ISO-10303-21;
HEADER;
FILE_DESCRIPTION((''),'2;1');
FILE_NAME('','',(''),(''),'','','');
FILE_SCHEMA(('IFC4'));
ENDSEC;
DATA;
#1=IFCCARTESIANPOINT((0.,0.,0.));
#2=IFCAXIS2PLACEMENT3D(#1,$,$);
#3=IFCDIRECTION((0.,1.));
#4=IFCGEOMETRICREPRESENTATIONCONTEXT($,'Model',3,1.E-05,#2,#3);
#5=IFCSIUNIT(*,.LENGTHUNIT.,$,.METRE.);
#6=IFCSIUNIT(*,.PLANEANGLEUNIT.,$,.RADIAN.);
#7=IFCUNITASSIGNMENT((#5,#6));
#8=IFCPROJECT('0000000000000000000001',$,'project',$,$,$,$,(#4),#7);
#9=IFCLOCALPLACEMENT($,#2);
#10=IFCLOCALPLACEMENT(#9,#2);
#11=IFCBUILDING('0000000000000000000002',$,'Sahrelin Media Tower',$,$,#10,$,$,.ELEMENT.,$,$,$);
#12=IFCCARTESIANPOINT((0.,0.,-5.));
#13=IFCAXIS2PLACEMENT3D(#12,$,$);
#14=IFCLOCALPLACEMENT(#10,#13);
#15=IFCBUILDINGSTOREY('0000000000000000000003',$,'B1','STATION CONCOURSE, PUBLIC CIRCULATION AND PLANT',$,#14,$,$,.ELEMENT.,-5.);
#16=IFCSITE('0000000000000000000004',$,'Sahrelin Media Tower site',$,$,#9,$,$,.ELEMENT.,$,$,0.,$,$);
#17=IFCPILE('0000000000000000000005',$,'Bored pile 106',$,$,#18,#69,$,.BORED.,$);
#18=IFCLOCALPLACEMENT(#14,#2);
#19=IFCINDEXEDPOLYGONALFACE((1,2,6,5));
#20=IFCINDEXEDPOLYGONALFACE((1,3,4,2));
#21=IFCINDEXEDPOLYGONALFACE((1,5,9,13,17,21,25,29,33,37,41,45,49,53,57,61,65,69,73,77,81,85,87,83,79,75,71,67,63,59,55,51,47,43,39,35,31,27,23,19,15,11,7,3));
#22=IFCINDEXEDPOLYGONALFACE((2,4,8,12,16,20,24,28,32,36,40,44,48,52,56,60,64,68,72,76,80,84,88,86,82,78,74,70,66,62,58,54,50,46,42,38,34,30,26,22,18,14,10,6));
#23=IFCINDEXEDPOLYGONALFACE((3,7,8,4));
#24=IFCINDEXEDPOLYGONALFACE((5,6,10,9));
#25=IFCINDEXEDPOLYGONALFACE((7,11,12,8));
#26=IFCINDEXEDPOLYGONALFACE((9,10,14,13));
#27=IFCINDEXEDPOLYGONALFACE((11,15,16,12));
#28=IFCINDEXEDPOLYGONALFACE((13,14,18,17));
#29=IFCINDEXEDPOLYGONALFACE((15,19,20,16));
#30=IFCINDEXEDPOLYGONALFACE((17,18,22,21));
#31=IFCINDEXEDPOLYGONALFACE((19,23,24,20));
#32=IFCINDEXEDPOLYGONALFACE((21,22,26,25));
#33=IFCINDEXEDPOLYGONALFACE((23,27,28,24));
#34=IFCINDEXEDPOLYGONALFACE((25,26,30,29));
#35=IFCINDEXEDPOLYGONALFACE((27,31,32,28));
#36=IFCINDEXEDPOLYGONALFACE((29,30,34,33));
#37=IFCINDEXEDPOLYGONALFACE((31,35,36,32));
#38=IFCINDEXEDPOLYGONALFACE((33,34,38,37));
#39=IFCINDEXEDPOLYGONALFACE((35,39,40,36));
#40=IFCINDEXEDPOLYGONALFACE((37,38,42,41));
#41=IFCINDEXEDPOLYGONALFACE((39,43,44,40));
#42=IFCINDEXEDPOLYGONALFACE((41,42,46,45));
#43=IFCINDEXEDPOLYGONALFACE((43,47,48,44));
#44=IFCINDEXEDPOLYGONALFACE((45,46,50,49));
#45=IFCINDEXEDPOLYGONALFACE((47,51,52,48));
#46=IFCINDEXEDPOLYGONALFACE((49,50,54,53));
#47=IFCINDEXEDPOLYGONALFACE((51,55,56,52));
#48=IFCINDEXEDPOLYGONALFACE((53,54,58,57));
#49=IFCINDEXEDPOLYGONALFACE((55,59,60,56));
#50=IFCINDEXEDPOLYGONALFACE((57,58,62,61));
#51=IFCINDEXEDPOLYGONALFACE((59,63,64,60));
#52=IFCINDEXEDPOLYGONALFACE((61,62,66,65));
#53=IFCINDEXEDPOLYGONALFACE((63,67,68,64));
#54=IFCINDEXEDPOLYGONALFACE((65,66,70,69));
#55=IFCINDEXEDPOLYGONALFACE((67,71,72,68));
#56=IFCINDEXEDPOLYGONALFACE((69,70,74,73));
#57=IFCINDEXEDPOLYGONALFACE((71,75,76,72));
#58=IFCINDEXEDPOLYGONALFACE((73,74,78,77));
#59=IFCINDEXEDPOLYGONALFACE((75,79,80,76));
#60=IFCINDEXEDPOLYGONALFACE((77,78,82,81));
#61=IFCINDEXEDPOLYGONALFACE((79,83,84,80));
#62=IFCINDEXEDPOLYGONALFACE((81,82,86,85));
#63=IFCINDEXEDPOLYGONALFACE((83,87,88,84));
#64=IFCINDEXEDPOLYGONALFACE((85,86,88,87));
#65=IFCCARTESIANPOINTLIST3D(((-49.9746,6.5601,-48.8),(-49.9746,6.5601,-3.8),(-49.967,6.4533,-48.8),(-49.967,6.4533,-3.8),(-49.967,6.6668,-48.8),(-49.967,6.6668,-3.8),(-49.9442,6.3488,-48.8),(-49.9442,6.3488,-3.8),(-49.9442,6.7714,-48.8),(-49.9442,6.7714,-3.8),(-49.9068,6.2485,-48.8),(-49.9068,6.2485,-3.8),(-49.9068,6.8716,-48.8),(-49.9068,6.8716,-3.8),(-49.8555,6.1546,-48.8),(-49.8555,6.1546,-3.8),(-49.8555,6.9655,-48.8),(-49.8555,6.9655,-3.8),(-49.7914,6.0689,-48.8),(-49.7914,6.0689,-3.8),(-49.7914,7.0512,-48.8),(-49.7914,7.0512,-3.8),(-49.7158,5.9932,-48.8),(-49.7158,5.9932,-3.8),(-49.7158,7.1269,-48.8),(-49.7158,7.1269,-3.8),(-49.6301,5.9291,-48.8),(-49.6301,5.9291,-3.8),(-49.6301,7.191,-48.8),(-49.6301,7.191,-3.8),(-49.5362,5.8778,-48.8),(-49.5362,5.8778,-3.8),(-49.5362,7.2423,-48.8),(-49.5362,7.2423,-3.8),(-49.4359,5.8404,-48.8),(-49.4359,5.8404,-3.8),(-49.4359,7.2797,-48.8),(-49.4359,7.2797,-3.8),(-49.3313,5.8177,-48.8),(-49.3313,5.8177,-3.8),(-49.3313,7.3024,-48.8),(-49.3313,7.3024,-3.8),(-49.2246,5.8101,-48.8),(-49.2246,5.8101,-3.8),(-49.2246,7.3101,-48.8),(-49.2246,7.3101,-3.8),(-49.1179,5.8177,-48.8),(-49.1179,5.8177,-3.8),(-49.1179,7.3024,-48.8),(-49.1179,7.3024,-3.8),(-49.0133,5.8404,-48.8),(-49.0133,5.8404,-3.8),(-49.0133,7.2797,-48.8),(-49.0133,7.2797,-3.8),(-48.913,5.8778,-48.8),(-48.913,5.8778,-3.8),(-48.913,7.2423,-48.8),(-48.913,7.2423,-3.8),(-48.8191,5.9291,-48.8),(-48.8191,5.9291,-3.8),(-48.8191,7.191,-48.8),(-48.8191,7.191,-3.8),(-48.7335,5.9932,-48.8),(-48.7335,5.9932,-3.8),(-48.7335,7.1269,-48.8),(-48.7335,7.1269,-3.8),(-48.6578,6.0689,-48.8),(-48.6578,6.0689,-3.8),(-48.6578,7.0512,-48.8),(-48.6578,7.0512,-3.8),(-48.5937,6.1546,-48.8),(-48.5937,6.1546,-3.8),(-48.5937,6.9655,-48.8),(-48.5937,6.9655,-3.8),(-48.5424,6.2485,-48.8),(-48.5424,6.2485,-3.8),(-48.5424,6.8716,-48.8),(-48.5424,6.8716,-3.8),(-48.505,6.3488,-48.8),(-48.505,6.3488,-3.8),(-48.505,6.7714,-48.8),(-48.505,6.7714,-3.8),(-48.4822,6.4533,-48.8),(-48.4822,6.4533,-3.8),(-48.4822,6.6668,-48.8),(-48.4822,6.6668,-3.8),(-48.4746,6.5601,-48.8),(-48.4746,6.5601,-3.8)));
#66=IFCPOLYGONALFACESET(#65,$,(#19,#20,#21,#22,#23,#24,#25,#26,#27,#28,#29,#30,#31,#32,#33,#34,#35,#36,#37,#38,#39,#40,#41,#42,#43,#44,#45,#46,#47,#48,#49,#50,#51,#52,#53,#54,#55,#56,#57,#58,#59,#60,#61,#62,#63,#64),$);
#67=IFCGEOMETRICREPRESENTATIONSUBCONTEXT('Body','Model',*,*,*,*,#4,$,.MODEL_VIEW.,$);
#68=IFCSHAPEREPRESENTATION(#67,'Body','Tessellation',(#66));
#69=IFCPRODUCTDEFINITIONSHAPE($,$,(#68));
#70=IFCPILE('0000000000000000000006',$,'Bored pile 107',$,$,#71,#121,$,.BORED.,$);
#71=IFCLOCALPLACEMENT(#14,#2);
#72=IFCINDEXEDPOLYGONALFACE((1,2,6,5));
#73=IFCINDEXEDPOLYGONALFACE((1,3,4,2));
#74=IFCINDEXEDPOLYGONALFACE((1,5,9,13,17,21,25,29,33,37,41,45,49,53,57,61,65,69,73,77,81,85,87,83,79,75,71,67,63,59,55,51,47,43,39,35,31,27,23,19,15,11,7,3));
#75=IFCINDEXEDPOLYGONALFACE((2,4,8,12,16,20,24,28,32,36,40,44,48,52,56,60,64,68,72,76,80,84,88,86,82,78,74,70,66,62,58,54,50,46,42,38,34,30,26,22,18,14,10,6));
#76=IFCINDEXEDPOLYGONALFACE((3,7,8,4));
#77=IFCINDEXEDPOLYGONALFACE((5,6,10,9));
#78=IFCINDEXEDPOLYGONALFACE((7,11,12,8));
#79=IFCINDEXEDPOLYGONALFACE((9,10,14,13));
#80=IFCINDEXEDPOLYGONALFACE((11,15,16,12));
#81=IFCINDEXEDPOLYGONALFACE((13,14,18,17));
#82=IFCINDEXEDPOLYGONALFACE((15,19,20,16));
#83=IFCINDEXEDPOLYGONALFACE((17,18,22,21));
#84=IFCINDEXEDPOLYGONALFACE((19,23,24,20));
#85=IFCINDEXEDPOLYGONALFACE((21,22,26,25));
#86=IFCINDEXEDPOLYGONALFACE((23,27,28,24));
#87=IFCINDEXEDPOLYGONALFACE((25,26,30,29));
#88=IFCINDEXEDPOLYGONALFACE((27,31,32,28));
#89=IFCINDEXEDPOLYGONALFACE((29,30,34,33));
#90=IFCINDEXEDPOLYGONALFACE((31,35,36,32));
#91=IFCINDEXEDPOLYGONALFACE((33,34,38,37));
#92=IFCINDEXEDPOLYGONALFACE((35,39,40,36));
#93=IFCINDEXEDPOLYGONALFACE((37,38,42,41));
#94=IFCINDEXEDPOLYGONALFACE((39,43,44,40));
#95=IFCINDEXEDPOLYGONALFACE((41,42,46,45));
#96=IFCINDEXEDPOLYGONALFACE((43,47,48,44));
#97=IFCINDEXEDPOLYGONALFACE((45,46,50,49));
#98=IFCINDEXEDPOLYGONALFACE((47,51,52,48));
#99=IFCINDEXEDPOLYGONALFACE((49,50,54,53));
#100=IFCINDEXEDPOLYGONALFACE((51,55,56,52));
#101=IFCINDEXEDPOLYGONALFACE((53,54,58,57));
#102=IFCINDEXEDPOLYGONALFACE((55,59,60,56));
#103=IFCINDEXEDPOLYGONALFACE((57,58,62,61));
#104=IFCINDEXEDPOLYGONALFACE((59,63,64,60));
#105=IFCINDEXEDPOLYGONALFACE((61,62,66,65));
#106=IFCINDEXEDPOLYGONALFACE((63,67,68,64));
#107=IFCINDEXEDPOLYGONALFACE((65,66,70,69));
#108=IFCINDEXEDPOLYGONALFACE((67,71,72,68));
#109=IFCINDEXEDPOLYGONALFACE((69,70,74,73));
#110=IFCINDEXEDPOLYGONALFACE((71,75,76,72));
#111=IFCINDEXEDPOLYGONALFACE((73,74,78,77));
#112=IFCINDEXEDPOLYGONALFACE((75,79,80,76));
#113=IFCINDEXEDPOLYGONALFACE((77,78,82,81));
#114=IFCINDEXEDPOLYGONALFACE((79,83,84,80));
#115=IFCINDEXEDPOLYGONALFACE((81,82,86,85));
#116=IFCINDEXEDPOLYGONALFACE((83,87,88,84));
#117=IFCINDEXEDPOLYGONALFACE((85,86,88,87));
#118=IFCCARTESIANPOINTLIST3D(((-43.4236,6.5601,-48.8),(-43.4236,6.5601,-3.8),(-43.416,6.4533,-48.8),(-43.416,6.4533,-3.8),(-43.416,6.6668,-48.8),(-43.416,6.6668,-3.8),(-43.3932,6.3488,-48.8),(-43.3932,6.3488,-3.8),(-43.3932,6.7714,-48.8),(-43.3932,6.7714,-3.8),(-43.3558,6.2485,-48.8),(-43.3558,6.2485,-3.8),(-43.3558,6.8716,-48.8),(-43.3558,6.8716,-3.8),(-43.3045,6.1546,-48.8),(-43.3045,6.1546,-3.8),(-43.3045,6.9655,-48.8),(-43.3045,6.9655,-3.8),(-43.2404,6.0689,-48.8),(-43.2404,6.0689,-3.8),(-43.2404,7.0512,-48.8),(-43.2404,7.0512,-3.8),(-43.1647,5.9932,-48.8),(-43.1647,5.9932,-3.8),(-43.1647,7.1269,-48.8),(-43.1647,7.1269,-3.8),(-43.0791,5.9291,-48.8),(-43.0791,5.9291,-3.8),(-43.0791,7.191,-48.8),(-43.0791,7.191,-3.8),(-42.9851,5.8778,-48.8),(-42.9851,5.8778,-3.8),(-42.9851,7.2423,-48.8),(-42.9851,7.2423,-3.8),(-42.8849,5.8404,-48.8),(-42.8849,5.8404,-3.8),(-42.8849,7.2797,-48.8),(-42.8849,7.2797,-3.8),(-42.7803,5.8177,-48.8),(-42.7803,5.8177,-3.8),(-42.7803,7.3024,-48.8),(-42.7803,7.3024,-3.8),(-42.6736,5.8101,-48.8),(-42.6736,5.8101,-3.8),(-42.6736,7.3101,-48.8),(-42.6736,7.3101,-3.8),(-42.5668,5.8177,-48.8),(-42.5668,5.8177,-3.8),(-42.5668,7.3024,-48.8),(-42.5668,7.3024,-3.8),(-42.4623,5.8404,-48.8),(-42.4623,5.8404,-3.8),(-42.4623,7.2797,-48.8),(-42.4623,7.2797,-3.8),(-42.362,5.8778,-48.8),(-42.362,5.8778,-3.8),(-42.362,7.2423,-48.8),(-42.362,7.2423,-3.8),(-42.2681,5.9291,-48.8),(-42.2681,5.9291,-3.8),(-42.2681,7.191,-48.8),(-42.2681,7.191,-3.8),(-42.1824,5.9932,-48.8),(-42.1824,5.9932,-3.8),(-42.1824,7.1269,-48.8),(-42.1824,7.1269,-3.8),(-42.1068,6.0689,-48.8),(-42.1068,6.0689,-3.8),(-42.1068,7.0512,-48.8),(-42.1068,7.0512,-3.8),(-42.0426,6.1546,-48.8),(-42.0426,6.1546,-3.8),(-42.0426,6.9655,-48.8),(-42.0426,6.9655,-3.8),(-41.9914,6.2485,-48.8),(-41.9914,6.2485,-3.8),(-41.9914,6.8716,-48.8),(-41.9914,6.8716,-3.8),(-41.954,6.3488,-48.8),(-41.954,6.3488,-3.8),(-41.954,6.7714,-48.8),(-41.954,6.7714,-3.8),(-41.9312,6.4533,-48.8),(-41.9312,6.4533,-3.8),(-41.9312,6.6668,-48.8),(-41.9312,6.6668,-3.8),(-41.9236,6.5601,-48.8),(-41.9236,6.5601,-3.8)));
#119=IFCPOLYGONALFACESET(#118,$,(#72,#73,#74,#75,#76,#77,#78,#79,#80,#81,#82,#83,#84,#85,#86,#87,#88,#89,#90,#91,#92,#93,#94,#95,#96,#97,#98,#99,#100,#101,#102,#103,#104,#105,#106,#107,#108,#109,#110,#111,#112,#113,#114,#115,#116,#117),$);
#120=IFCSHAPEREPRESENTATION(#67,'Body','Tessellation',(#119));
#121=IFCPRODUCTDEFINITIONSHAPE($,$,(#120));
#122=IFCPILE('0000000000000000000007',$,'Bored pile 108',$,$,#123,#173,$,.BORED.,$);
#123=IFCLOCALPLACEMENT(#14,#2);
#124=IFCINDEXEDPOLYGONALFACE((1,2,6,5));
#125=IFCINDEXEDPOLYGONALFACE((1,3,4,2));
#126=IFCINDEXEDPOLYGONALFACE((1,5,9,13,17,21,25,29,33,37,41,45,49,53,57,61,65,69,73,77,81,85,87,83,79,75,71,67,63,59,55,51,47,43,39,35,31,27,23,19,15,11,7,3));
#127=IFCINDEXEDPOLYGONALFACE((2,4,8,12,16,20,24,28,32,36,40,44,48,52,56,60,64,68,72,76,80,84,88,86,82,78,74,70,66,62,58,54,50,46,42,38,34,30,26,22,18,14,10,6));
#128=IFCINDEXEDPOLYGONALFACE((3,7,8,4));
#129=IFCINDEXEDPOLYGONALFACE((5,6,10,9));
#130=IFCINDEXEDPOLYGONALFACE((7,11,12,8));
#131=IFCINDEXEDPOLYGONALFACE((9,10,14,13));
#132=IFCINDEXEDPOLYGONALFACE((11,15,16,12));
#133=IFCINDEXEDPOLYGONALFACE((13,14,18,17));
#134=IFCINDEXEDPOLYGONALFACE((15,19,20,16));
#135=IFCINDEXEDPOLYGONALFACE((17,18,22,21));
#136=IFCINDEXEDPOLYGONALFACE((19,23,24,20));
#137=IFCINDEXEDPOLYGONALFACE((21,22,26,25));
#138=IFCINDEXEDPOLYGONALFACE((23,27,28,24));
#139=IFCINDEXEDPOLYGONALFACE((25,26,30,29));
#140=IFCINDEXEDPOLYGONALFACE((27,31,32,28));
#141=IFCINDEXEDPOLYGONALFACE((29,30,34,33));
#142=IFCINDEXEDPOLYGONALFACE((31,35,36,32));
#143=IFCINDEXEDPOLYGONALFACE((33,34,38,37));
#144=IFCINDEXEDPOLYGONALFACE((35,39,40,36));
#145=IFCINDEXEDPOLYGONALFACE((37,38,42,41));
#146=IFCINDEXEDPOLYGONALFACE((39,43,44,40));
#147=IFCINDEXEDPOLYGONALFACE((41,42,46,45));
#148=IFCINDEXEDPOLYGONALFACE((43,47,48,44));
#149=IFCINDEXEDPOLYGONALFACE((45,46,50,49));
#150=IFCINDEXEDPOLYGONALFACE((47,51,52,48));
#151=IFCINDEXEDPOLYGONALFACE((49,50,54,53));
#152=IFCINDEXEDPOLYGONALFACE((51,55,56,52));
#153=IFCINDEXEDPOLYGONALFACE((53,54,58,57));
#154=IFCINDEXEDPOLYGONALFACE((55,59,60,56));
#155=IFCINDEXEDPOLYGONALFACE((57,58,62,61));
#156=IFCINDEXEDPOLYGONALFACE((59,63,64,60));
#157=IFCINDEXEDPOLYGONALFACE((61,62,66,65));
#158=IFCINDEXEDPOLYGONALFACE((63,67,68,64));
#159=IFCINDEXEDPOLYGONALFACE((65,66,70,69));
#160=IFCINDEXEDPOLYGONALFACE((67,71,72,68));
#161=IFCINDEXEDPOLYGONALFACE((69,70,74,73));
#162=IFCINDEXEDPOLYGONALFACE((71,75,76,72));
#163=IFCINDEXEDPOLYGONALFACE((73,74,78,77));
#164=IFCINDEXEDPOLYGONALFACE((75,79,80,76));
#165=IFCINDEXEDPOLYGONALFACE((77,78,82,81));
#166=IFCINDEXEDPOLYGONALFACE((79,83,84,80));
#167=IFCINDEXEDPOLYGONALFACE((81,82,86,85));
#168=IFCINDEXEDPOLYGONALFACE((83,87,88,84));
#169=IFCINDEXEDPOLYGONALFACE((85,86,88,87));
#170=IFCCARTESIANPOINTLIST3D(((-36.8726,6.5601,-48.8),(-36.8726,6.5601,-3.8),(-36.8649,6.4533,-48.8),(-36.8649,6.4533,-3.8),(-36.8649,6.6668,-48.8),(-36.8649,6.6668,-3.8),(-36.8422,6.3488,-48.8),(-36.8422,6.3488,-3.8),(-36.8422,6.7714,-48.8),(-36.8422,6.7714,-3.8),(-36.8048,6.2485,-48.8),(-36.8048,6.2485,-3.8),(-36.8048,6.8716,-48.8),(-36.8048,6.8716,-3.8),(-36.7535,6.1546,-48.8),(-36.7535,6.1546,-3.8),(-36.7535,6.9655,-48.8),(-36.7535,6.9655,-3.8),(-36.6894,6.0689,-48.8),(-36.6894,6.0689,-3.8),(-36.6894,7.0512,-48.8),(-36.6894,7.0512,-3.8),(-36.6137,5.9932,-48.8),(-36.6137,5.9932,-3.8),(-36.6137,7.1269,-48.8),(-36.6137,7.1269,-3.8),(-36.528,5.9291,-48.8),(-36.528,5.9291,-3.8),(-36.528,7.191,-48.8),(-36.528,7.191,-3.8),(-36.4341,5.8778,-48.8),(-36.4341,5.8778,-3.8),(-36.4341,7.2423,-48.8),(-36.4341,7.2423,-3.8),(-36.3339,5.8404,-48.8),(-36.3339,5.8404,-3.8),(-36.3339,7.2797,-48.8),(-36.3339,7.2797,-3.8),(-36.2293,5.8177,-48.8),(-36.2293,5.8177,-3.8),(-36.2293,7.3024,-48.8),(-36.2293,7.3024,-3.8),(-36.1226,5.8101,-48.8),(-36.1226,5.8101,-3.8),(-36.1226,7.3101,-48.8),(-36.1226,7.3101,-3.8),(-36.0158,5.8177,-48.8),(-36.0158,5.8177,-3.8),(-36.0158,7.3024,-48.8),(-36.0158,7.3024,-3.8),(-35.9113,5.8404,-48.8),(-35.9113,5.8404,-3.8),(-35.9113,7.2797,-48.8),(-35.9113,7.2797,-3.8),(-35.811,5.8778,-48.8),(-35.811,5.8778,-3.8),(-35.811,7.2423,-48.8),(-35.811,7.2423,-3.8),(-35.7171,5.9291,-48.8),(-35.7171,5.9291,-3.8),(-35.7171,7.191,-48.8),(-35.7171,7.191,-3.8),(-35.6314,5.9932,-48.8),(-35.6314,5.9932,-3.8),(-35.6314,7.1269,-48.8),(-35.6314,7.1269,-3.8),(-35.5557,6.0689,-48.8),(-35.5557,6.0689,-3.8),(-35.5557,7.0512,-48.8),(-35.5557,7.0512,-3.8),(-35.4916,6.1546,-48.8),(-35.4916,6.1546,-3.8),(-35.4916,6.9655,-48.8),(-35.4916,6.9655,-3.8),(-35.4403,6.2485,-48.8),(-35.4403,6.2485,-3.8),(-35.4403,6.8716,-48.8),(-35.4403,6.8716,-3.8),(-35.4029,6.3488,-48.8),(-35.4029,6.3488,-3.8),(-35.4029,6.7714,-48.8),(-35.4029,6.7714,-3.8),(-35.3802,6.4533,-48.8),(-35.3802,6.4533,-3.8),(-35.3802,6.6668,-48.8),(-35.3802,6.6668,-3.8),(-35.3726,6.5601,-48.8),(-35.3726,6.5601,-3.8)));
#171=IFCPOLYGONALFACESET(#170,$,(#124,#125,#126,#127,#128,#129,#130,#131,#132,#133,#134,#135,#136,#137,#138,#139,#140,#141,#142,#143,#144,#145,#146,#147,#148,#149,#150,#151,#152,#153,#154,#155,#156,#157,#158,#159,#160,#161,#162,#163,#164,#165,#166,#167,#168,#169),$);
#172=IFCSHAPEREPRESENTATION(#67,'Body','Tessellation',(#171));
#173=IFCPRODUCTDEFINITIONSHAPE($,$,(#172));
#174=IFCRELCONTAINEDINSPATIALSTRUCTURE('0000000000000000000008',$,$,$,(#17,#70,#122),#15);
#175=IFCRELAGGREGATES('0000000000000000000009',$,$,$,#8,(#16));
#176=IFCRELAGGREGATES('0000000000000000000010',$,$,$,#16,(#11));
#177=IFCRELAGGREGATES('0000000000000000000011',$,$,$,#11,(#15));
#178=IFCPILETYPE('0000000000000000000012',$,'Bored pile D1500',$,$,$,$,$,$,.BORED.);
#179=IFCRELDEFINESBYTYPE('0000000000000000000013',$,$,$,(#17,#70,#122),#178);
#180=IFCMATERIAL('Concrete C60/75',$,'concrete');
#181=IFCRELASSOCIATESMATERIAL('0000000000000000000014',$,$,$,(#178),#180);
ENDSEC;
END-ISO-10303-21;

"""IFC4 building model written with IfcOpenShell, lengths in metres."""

from ifc_helpers import new_model, si_unit, direction, frame, origin, origin_2d, place, context, subcontext, project, spatial, circle, extrude, material, material_profile, profile_set, type_object, element, save


model = new_model("IFC4")

# Units and contexts
model_context = context("Model", 3, precision=1e-05, world=origin(), true_north=direction((0.0, 1.0)))
body_context = subcontext(model_context, "Body", "Model", "MODEL_VIEW")
ifc_project = project(units=[si_unit("LENGTHUNIT", "METRE"), si_unit("PLANEANGLEUNIT", "RADIAN")], contexts=[model_context])

# Site, building, storey
site_placement = place(None, origin())
site = spatial("IfcSite", under=ifc_project, at=site_placement, Name="Sahrelin Media Tower site", CompositionType="ELEMENT", RefElevation=0.0)
building_placement = place(site_placement, origin())
building = spatial("IfcBuilding", under=site, at=building_placement, Name="Sahrelin Media Tower", CompositionType="ELEMENT")
storey_placement = place(building_placement, frame((0.0, 0.0, -5.0)))
storey = spatial("IfcBuildingStorey", under=building, at=storey_placement, Name="B1", Description="STATION CONCOURSE, PUBLIC CIRCULATION AND PLANT", CompositionType="ELEMENT", Elevation=-5.0)

# Piles
ifc_material_1 = material(Name="Concrete C60/75", Category="concrete")
ifc_material_profile_1 = material_profile(ifc_material_1, circle(Radius=0.75, at=origin_2d()), Name="Bored pile D1500")
ifc_profile_set_1 = profile_set([ifc_material_profile_1], Name="Concrete C60/75")
pile_type = type_object("IfcPileType", Name="Bored pile D1500", PredefinedType="BORED", material=ifc_profile_set_1)
for number, where, z_axis, x_axis, name in (
    (1, (-49.2246, 6.5601, -3.8), (0.0, 0.0, -1.0), (1.0, 0.0, 0.0), "Bored pile 106"),
    (2, (-42.6736, 6.5601, -3.8), (0.0, 0.0, -1.0), (1.0, 0.0, 0.0), "Bored pile 107"),
    (3, (-36.1226, 6.5601, -3.8), (0.0, 0.0, -1.0), (1.0, 0.0, 0.0), "Bored pile 108"),
):
    element("IfcPile", number, at=place(storey_placement, frame(where, z_axis=z_axis, x_axis=x_axis)), inside=storey, type_object=pile_type, Name=name, PredefinedType="BORED", context=body_context, shape_type="SweptSolid", body=[
        extrude(circle(Radius=0.75, at=origin_2d()), origin(), (0.0, 0.0, 1.0), 45.0),
    ])

save(model, "model.ifc")
